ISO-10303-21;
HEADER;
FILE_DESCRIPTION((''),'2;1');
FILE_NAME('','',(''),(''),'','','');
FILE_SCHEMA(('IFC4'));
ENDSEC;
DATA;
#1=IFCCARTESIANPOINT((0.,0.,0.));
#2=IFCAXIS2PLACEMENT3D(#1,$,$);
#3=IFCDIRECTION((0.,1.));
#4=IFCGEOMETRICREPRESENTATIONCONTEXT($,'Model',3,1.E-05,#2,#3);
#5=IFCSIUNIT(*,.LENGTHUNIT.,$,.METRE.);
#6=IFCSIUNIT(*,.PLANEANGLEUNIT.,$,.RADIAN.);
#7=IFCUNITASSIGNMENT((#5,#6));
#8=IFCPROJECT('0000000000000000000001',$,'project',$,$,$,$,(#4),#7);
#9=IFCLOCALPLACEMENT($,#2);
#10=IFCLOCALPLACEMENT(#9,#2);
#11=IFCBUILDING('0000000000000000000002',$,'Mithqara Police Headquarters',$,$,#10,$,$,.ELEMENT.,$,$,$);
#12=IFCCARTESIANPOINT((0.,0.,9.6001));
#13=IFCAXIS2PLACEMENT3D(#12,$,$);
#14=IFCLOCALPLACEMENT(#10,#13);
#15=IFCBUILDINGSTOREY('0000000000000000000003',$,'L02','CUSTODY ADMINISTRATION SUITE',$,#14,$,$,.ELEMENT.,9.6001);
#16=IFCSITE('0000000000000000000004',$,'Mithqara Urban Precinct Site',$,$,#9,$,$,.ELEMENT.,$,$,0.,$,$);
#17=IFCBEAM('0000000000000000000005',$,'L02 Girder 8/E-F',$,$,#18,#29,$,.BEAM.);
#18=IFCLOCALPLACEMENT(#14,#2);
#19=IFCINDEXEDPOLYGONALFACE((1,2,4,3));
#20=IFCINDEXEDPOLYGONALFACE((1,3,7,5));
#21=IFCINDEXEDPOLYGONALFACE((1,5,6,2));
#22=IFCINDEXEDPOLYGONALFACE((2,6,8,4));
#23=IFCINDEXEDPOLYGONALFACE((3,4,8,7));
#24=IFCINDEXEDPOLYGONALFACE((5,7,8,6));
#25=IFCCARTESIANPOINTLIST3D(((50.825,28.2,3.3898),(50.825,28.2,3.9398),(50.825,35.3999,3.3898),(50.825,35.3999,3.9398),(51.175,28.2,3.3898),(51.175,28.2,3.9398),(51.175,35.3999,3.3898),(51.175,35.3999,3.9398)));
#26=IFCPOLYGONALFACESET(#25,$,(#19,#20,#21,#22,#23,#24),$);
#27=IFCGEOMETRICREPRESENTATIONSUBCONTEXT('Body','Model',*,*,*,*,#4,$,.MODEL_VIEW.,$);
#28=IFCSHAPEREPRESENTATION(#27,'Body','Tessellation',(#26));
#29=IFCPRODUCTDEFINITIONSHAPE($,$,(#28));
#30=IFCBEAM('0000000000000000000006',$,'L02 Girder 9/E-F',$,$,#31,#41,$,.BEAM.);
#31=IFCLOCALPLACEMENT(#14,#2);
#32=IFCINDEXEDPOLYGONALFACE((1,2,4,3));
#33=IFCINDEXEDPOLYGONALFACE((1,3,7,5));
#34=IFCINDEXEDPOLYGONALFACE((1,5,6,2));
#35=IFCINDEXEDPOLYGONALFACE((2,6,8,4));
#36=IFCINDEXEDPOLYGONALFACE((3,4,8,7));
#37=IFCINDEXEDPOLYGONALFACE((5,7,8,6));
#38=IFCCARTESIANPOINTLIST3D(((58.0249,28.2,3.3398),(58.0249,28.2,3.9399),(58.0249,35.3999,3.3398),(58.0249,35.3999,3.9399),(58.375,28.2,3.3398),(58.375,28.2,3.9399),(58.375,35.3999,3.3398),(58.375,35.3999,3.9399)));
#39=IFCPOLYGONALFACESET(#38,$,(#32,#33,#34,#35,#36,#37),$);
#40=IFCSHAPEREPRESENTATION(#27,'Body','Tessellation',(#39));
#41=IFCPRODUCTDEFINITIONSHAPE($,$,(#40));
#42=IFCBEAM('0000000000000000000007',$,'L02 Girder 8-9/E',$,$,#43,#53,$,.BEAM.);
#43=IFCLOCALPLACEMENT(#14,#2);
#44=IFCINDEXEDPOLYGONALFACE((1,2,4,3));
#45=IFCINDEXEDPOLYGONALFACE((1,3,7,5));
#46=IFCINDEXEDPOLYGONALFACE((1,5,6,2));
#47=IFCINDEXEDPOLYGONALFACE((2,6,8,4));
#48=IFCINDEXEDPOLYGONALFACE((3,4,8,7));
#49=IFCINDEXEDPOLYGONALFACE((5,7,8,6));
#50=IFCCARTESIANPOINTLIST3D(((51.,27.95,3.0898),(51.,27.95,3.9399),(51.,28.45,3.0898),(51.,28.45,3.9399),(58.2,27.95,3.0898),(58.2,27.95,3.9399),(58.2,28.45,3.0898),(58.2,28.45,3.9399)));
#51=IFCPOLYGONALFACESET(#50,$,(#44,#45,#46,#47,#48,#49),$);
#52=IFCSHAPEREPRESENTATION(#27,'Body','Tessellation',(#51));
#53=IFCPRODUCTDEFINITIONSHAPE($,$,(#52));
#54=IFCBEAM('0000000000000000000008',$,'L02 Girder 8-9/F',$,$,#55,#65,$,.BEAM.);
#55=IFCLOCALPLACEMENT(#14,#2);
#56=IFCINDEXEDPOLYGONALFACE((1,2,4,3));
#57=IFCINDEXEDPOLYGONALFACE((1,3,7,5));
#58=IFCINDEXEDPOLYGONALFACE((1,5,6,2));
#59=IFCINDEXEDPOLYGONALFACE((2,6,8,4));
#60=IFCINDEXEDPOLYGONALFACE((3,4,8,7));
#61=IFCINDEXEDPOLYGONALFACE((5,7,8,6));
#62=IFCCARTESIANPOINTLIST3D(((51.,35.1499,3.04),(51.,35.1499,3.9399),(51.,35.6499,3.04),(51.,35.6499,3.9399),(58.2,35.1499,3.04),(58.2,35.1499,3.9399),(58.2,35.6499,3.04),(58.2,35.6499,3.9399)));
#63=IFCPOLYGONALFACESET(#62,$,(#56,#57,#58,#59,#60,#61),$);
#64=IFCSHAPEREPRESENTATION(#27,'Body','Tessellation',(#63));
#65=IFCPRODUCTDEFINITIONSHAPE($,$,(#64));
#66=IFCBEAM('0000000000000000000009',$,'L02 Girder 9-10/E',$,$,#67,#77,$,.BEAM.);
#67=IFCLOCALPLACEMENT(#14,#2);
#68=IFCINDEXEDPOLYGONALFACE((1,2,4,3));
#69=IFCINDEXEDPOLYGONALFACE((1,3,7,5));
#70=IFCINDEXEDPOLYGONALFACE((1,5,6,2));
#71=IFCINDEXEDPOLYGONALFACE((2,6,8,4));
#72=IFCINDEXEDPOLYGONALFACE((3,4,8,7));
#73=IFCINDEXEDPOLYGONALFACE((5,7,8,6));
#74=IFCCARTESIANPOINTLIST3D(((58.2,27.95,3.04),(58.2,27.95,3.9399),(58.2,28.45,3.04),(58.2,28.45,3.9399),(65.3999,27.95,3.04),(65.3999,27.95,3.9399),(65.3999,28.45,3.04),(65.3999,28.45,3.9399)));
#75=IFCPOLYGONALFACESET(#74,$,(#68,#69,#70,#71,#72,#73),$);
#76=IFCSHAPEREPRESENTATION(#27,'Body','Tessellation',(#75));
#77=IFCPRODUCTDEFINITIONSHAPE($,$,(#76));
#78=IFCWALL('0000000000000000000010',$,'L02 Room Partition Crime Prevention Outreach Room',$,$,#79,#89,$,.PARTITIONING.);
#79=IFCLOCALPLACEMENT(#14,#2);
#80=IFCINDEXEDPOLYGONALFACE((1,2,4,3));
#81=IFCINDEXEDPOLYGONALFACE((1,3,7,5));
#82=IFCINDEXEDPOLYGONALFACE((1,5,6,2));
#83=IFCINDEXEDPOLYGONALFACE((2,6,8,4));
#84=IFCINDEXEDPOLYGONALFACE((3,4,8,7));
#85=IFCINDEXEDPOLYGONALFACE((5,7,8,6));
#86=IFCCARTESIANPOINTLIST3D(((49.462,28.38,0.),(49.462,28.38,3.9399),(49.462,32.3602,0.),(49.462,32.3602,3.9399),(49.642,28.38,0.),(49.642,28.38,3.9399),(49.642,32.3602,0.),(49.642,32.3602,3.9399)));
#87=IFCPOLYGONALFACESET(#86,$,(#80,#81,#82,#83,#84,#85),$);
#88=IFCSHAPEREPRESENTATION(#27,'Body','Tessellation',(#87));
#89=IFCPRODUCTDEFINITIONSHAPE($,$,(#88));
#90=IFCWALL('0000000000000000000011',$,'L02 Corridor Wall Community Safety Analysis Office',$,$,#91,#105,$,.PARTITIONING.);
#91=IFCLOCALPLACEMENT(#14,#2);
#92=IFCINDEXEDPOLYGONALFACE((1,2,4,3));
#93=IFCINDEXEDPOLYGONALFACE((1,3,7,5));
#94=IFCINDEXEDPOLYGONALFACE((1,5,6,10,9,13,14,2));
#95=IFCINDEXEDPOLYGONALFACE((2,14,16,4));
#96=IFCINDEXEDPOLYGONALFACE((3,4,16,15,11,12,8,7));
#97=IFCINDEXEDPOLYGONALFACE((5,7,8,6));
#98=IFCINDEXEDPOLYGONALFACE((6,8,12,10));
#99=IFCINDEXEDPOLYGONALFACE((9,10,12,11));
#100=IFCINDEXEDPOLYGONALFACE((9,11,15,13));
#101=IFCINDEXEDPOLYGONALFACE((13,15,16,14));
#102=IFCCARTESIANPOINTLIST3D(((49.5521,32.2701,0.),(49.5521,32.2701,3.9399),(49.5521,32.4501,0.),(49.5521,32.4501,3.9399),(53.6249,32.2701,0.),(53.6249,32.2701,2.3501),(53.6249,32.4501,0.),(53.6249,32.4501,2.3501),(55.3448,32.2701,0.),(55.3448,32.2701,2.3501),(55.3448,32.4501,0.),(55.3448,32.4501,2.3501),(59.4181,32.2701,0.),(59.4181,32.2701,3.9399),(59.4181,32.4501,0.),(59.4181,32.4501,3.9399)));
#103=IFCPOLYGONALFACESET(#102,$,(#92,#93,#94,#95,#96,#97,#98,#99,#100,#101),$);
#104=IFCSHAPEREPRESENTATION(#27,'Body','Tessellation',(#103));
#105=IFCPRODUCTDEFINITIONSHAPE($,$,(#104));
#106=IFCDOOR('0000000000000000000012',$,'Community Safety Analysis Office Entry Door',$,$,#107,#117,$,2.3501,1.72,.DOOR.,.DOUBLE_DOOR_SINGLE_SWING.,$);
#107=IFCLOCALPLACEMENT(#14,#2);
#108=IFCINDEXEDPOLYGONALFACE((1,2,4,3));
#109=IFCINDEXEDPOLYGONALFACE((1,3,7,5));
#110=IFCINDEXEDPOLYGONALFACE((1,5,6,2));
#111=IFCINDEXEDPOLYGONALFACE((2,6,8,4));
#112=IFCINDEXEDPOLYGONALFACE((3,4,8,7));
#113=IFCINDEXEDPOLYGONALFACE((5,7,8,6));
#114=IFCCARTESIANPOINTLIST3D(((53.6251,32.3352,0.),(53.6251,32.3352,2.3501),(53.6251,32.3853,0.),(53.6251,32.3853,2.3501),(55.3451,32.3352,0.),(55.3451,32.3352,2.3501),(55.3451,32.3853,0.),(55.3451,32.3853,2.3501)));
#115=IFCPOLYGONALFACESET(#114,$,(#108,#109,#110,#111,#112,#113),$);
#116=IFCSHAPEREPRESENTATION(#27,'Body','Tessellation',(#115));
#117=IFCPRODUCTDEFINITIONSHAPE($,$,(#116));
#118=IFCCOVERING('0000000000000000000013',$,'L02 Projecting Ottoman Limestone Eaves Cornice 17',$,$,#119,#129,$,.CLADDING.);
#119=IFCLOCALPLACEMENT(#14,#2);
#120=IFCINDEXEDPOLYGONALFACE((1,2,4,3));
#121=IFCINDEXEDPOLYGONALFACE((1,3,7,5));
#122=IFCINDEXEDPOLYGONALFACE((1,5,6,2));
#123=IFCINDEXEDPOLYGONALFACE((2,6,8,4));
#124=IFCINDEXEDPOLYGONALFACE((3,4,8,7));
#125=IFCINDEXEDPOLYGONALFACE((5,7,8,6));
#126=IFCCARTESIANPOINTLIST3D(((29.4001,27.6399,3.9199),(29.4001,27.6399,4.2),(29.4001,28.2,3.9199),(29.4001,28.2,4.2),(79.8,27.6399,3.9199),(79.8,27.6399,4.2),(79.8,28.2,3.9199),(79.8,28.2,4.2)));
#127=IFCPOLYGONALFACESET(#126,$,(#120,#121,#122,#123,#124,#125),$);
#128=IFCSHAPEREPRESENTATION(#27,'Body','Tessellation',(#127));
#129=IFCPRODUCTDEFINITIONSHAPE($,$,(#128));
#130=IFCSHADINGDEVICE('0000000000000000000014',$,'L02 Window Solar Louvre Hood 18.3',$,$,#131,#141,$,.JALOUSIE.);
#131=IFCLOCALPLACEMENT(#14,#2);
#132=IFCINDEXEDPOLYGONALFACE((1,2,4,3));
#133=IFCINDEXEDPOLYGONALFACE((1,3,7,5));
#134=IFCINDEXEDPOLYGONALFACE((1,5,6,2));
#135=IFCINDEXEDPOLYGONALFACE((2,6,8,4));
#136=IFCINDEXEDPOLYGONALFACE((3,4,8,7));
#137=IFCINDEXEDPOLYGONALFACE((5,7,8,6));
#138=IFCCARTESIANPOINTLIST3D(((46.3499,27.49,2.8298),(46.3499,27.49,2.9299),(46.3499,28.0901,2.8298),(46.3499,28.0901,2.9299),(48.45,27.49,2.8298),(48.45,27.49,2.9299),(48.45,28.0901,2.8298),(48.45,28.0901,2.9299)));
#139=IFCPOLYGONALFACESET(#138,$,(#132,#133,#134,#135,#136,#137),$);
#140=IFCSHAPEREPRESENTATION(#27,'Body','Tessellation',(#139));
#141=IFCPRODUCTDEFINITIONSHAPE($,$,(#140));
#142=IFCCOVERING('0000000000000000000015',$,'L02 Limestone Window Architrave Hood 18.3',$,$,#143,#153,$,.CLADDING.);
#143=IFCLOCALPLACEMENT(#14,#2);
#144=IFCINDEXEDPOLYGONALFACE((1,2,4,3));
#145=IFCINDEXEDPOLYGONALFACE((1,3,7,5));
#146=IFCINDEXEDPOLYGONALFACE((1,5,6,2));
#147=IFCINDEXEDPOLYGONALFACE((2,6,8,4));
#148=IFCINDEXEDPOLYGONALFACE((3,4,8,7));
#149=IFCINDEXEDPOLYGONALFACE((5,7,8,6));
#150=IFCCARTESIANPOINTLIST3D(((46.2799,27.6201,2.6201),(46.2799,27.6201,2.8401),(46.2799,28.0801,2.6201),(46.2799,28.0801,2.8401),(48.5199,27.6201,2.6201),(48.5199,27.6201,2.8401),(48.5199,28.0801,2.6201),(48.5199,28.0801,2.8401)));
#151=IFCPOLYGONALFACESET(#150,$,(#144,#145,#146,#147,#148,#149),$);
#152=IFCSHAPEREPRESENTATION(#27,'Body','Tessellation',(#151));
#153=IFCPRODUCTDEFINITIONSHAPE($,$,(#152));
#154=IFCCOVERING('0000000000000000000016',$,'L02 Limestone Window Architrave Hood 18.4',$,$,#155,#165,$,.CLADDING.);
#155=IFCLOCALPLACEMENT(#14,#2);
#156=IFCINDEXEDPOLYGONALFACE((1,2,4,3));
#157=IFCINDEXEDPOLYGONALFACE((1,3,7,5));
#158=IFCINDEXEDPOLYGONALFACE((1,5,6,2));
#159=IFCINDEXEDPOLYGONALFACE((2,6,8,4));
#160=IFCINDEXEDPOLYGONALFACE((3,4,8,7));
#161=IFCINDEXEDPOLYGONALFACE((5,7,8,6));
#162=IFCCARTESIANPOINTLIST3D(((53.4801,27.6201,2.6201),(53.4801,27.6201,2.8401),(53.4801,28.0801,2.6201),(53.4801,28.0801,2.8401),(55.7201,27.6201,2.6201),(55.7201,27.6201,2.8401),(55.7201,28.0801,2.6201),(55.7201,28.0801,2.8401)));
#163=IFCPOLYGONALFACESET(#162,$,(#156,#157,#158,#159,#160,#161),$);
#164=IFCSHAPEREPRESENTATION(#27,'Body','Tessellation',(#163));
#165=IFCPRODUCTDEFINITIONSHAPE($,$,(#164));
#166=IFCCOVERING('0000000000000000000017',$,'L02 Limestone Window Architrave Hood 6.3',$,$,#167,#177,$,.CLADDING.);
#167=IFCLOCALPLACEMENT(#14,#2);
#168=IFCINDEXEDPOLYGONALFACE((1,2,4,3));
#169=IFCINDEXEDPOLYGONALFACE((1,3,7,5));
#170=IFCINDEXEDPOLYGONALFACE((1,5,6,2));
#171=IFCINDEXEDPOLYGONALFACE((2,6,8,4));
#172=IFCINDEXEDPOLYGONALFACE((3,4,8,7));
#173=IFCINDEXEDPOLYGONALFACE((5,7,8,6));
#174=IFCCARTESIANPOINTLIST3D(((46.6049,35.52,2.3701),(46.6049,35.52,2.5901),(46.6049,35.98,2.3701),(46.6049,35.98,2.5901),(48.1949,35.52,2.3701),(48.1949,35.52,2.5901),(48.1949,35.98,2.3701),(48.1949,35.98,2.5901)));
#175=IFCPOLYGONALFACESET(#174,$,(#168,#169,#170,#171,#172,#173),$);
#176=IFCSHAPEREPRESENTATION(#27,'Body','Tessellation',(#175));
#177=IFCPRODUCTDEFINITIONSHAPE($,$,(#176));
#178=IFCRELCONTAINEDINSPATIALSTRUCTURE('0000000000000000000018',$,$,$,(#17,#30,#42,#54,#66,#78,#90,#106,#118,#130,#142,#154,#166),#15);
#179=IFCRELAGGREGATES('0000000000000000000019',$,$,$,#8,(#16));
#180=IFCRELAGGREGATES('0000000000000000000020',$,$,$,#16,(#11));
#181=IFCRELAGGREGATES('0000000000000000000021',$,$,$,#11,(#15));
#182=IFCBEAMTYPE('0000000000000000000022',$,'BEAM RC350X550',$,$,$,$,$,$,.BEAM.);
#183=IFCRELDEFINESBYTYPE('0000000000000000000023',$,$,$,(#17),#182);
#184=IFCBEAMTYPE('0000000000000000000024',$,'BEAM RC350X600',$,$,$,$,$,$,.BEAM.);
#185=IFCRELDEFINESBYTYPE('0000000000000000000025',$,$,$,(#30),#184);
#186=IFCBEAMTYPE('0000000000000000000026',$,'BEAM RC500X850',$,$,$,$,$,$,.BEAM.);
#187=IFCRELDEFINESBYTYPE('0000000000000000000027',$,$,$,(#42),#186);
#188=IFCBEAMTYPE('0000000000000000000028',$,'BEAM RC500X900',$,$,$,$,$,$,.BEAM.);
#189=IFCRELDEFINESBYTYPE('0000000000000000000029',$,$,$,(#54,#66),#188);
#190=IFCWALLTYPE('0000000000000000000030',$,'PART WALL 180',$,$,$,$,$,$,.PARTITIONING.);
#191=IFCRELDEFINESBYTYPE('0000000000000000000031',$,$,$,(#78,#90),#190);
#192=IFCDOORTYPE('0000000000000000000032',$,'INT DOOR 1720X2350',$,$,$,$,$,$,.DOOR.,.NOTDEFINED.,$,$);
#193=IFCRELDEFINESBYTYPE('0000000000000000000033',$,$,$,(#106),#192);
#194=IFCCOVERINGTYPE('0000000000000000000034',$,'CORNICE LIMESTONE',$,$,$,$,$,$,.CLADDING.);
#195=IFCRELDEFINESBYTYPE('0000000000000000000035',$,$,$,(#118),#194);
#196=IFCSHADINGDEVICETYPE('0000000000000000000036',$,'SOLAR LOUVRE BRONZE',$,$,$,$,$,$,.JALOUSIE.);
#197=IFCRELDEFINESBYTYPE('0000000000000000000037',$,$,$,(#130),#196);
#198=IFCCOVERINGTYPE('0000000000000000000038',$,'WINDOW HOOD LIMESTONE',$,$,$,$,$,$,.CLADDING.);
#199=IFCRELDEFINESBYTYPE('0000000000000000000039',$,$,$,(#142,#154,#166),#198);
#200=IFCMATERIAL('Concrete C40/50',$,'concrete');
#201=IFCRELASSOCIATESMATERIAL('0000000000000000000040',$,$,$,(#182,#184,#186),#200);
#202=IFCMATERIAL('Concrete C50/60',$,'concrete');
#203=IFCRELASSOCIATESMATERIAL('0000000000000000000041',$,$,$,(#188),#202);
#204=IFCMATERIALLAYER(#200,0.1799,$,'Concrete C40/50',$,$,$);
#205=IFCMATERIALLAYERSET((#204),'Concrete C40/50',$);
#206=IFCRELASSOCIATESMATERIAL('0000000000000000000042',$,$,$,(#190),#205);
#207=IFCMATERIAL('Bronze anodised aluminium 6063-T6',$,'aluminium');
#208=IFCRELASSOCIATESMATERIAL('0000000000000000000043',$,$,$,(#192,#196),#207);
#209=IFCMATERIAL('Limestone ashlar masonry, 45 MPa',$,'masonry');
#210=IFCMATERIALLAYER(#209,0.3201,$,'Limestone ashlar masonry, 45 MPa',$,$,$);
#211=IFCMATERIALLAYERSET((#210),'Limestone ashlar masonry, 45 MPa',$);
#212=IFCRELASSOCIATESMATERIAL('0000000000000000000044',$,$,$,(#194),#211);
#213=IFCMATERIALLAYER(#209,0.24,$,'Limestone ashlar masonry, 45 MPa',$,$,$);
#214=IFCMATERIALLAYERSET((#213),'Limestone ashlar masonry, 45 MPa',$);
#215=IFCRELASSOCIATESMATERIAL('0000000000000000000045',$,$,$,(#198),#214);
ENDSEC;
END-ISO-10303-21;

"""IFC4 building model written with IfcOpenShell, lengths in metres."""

from ifc_helpers import new_model, si_unit, direction, frame, frame_2d, origin, origin_2d, place, context, subcontext, project, spatial, rectangle, extrude, material, layer, layer_set, material_profile, profile_set, type_object, element, fill, save


model = new_model("IFC4")

# Units and contexts
model_context = context("Model", 3, precision=1e-05, world=origin(), true_north=direction((0.0, 1.0)))
body_context = subcontext(model_context, "Body", "Model", "MODEL_VIEW")
ifc_project = project(units=[si_unit("LENGTHUNIT", "METRE"), si_unit("PLANEANGLEUNIT", "RADIAN")], contexts=[model_context])

# Site, building, storey
site_placement = place(None, origin())
site = spatial("IfcSite", under=ifc_project, at=site_placement, Name="Mithqara Urban Precinct Site", CompositionType="ELEMENT", RefElevation=0.0)
building_placement = place(site_placement, origin())
building = spatial("IfcBuilding", under=site, at=building_placement, Name="Mithqara Police Headquarters", CompositionType="ELEMENT")
storey_placement = place(building_placement, frame((0.0, 0.0, 9.6001)))
storey = spatial("IfcBuildingStorey", under=building, at=storey_placement, Name="L02", Description="CUSTODY ADMINISTRATION SUITE", CompositionType="ELEMENT", Elevation=9.6001)

# Shared definitions
ifc_material_1 = material(Name="Concrete C50/60", Category="concrete")

# Beams
ifc_material_2 = material(Name="Concrete C40/50", Category="concrete")
ifc_material_profile_1 = material_profile(ifc_material_2, rectangle(XDim=0.3501, YDim=0.55, at=origin_2d()), Name="RC 350x550")
ifc_profile_set_1 = profile_set([ifc_material_profile_1], Name="Concrete C40/50")
beam_type_1 = type_object("IfcBeamType", Name="BEAM RC350X550", PredefinedType="BEAM", material=ifc_profile_set_1)
beam_1_placement = place(storey_placement, frame((51.0, 28.2, 3.6648), z_axis=(0.0, 1.0, 0.0), x_axis=(-1.0, 0.0, 0.0)))
element("IfcBeam", 1, at=beam_1_placement, inside=storey, type_object=beam_type_1, Name="L02 Girder 8/E-F", PredefinedType="BEAM", context=body_context, shape_type="SweptSolid", body=[
    extrude(rectangle(XDim=0.3501, YDim=0.55, at=origin_2d()), origin(), (0.0, 0.0, 1.0), 7.2),
])
ifc_material_profile_2 = material_profile(ifc_material_2, rectangle(XDim=0.3501, YDim=0.6001, at=origin_2d()), Name="RC 350x600")
ifc_profile_set_2 = profile_set([ifc_material_profile_2], Name="Concrete C40/50")
beam_type_2 = type_object("IfcBeamType", Name="BEAM RC350X600", PredefinedType="BEAM", material=ifc_profile_set_2)
beam_2_placement = place(storey_placement, frame((58.2, 28.2, 3.6399), z_axis=(0.0, 1.0, 0.0), x_axis=(-1.0, 0.0, 0.0)))
element("IfcBeam", 2, at=beam_2_placement, inside=storey, type_object=beam_type_2, Name="L02 Girder 9/E-F", PredefinedType="BEAM", context=body_context, shape_type="SweptSolid", body=[
    extrude(rectangle(XDim=0.3501, YDim=0.6001, at=origin_2d()), origin(), (0.0, 0.0, 1.0), 7.2),
])
ifc_material_profile_3 = material_profile(ifc_material_2, rectangle(XDim=0.5, YDim=0.8501, at=origin_2d()), Name="RC 500x850")
ifc_profile_set_3 = profile_set([ifc_material_profile_3], Name="Concrete C40/50")
beam_type_3 = type_object("IfcBeamType", Name="BEAM RC500X850", PredefinedType="BEAM", material=ifc_profile_set_3)
beam_3_placement = place(storey_placement, frame((51.0, 28.2, 3.5149), z_axis=(1.0, 0.0, 0.0), x_axis=(0.0, 1.0, 0.0)))
element("IfcBeam", 3, at=beam_3_placement, inside=storey, type_object=beam_type_3, Name="L02 Girder 8-9/E", PredefinedType="BEAM", context=body_context, shape_type="SweptSolid", body=[
    extrude(rectangle(XDim=0.5, YDim=0.8501, at=origin_2d()), origin(), (0.0, 0.0, 1.0), 7.2),
])
ifc_material_profile_4 = material_profile(ifc_material_1, rectangle(XDim=0.5, YDim=0.8999, at=origin_2d()), Name="RC 500x900")
ifc_profile_set_4 = profile_set([ifc_material_profile_4], Name="Concrete C50/60")
beam_type_4 = type_object("IfcBeamType", Name="BEAM RC500X900", PredefinedType="BEAM", material=ifc_profile_set_4)
for number, where, z_axis, x_axis, name in (
    (4, (51.0, 35.3999, 3.49), (1.0, 0.0, 0.0), (0.0, 1.0, 0.0), "L02 Girder 8-9/F"),
    (5, (58.2, 28.2, 3.49), (1.0, 0.0, 0.0), (0.0, 1.0, 0.0), "L02 Girder 9-10/E"),
):
    element("IfcBeam", number, at=place(storey_placement, frame(where, z_axis=z_axis, x_axis=x_axis)), inside=storey, type_object=beam_type_4, Name=name, PredefinedType="BEAM", context=body_context, shape_type="SweptSolid", body=[
        extrude(rectangle(XDim=0.5, YDim=0.8999, at=origin_2d()), origin(), (0.0, 0.0, 1.0), 7.2),
    ])

# Wall
ifc_layer_1 = layer(ifc_material_2, 0.1799, Name="Concrete C40/50")
ifc_layer_set_1 = layer_set([ifc_layer_1], Name="Concrete C40/50")
wall_type = type_object("IfcWallType", Name="PART WALL 180", PredefinedType="PARTITIONING", material=ifc_layer_set_1)
wall_1_placement = place(storey_placement, frame((49.552, 28.3799, 0.0), z_axis=(0.0, 0.0, 1.0), x_axis=(0.0, 1.0, 0.0)))
element("IfcWall", 6, at=wall_1_placement, inside=storey, type_object=wall_type, Name="L02 Room Partition Crime Prevention Outreach Room", PredefinedType="PARTITIONING", context=body_context, shape_type="SweptSolid", body=[
    extrude(rectangle(XDim=3.9802, YDim=0.1799, at=frame_2d((1.9902, 0.0))), origin(), (0.0, 0.0, 1.0), 3.9399),
])

# Wall, opening, door
wall_2_placement = place(storey_placement, frame((49.552, 32.3601, 0.0), z_axis=(0.0, 0.0, 1.0), x_axis=(1.0, 0.0, 0.0)))
wall_2 = element("IfcWall", 7, at=wall_2_placement, inside=storey, type_object=wall_type, Name="L02 Corridor Wall Community Safety Analysis Office", PredefinedType="PARTITIONING", context=body_context, shape_type="SweptSolid", body=[
    extrude(rectangle(XDim=9.866, YDim=0.1799, at=frame_2d((4.9331, 0.0))), origin(), (0.0, 0.0, 1.0), 3.9399),
])
opening_placement = place(wall_2_placement, frame((4.073, 0.0, 0.0)))
opening = element("IfcOpeningElement", 8, at=opening_placement, cuts=wall_2, PredefinedType="OPENING", context=body_context, shape_type="SweptSolid", body=[
    extrude(rectangle(XDim=1.72, YDim=2.3501, at=frame_2d((0.8599, 1.175))), frame((0.0, 0.1001, 0.0), z_axis=(0.0, -1.0, 0.0), x_axis=(1.0, 0.0, 0.0)), (0.0, 0.0, 1.0), 0.2),
])
ifc_material_3 = material(Name="Bronze anodised aluminium 6063-T6", Category="aluminium")
door_type = type_object("IfcDoorType", Name="INT DOOR 1720X2350", OperationType="NOTDEFINED", PredefinedType="DOOR", material=ifc_material_3)
door_placement = place(opening_placement, frame((1.72, 0.0, 0.0), z_axis=(0.0, 0.0, 1.0), x_axis=(-1.0, 0.0, 0.0)))
door = element("IfcDoor", 9, at=door_placement, inside=storey, type_object=door_type, Name="Community Safety Analysis Office Entry Door", OperationType="DOUBLE_DOOR_SINGLE_SWING", OverallHeight=2.3501, OverallWidth=1.72, PredefinedType="DOOR", context=body_context, shape_type="SweptSolid", body=[
    extrude(rectangle(XDim=1.72, YDim=2.3501, at=frame_2d((0.8599, 1.175))), frame((0.0, 0.0249, 0.0), z_axis=(0.0, -1.0, 0.0), x_axis=(1.0, 0.0, 0.0)), (0.0, 0.0, 1.0), 0.05),
])
fill(opening, door)

# Covering
ifc_material_4 = material(Name="Limestone ashlar masonry, 45 MPa", Category="masonry")
ifc_layer_2 = layer(ifc_material_4, 0.3201, Name="Limestone ashlar masonry, 45 MPa")
ifc_layer_set_2 = layer_set([ifc_layer_2], Name="Limestone ashlar masonry, 45 MPa")
covering_type_1 = type_object("IfcCoveringType", Name="CORNICE LIMESTONE", PredefinedType="CLADDING", material=ifc_layer_set_2)
covering_placement = place(storey_placement, frame((54.6001, 27.9199, 3.9199), z_axis=(0.0, 0.0, 1.0), x_axis=(1.0, 0.0, 0.0)))
element("IfcCovering", 10, at=covering_placement, inside=storey, type_object=covering_type_1, Name="L02 Projecting Ottoman Limestone Eaves Cornice 17", PredefinedType="CLADDING", context=body_context, shape_type="SweptSolid", body=[
    extrude(rectangle(XDim=50.3999, YDim=0.5601, at=origin_2d()), origin(), (0.0, 0.0, 1.0), 0.28),
])

# Shading device
shading_device_type = type_object("IfcShadingDeviceType", Name="SOLAR LOUVRE BRONZE", PredefinedType="JALOUSIE", material=ifc_material_3)
shading_device_placement = place(storey_placement, frame((47.3999, 27.79, 2.8298), z_axis=(0.0, 0.0, 1.0), x_axis=(1.0, 0.0, 0.0)))
element("IfcShadingDevice", 11, at=shading_device_placement, inside=storey, type_object=shading_device_type, Name="L02 Window Solar Louvre Hood 18.3", PredefinedType="JALOUSIE", context=body_context, shape_type="SweptSolid", body=[
    extrude(rectangle(XDim=2.1001, YDim=0.6001, at=origin_2d()), origin(), (0.0, 0.0, 1.0), 0.1001),
])

# Coverings
ifc_layer_3 = layer(ifc_material_4, 0.24, Name="Limestone ashlar masonry, 45 MPa")
ifc_layer_set_3 = layer_set([ifc_layer_3], Name="Limestone ashlar masonry, 45 MPa")
covering_type_2 = type_object("IfcCoveringType", Name="WINDOW HOOD LIMESTONE", PredefinedType="CLADDING", material=ifc_layer_set_3)
for number, where, z_axis, x_axis, name in (
    (12, (47.3999, 27.8501, 2.6201), (0.0, 0.0, 1.0), (1.0, 0.0, 0.0), "L02 Limestone Window Architrave Hood 18.3"),
    (13, (54.6001, 27.8501, 2.6201), (0.0, 0.0, 1.0), (1.0, 0.0, 0.0), "L02 Limestone Window Architrave Hood 18.4"),
):
    element("IfcCovering", number, at=place(storey_placement, frame(where, z_axis=z_axis, x_axis=x_axis)), inside=storey, type_object=covering_type_2, Name=name, PredefinedType="CLADDING", context=body_context, shape_type="SweptSolid", body=[
        extrude(rectangle(XDim=2.24, YDim=0.46, at=origin_2d()), origin(), (0.0, 0.0, 1.0), 0.22),
    ])
for number, where, z_axis, x_axis, name in (
    (14, (47.3999, 35.75, 2.3701), (0.0, 0.0, 1.0), (1.0, 0.0, 0.0), "L02 Limestone Window Architrave Hood 6.3"),
):
    element("IfcCovering", number, at=place(storey_placement, frame(where, z_axis=z_axis, x_axis=x_axis)), inside=storey, type_object=covering_type_2, Name=name, PredefinedType="CLADDING", context=body_context, shape_type="SweptSolid", body=[
        extrude(rectangle(XDim=1.5901, YDim=0.46, at=origin_2d()), origin(), (0.0, 0.0, 1.0), 0.22),
    ])

save(model, "model.ifc")
